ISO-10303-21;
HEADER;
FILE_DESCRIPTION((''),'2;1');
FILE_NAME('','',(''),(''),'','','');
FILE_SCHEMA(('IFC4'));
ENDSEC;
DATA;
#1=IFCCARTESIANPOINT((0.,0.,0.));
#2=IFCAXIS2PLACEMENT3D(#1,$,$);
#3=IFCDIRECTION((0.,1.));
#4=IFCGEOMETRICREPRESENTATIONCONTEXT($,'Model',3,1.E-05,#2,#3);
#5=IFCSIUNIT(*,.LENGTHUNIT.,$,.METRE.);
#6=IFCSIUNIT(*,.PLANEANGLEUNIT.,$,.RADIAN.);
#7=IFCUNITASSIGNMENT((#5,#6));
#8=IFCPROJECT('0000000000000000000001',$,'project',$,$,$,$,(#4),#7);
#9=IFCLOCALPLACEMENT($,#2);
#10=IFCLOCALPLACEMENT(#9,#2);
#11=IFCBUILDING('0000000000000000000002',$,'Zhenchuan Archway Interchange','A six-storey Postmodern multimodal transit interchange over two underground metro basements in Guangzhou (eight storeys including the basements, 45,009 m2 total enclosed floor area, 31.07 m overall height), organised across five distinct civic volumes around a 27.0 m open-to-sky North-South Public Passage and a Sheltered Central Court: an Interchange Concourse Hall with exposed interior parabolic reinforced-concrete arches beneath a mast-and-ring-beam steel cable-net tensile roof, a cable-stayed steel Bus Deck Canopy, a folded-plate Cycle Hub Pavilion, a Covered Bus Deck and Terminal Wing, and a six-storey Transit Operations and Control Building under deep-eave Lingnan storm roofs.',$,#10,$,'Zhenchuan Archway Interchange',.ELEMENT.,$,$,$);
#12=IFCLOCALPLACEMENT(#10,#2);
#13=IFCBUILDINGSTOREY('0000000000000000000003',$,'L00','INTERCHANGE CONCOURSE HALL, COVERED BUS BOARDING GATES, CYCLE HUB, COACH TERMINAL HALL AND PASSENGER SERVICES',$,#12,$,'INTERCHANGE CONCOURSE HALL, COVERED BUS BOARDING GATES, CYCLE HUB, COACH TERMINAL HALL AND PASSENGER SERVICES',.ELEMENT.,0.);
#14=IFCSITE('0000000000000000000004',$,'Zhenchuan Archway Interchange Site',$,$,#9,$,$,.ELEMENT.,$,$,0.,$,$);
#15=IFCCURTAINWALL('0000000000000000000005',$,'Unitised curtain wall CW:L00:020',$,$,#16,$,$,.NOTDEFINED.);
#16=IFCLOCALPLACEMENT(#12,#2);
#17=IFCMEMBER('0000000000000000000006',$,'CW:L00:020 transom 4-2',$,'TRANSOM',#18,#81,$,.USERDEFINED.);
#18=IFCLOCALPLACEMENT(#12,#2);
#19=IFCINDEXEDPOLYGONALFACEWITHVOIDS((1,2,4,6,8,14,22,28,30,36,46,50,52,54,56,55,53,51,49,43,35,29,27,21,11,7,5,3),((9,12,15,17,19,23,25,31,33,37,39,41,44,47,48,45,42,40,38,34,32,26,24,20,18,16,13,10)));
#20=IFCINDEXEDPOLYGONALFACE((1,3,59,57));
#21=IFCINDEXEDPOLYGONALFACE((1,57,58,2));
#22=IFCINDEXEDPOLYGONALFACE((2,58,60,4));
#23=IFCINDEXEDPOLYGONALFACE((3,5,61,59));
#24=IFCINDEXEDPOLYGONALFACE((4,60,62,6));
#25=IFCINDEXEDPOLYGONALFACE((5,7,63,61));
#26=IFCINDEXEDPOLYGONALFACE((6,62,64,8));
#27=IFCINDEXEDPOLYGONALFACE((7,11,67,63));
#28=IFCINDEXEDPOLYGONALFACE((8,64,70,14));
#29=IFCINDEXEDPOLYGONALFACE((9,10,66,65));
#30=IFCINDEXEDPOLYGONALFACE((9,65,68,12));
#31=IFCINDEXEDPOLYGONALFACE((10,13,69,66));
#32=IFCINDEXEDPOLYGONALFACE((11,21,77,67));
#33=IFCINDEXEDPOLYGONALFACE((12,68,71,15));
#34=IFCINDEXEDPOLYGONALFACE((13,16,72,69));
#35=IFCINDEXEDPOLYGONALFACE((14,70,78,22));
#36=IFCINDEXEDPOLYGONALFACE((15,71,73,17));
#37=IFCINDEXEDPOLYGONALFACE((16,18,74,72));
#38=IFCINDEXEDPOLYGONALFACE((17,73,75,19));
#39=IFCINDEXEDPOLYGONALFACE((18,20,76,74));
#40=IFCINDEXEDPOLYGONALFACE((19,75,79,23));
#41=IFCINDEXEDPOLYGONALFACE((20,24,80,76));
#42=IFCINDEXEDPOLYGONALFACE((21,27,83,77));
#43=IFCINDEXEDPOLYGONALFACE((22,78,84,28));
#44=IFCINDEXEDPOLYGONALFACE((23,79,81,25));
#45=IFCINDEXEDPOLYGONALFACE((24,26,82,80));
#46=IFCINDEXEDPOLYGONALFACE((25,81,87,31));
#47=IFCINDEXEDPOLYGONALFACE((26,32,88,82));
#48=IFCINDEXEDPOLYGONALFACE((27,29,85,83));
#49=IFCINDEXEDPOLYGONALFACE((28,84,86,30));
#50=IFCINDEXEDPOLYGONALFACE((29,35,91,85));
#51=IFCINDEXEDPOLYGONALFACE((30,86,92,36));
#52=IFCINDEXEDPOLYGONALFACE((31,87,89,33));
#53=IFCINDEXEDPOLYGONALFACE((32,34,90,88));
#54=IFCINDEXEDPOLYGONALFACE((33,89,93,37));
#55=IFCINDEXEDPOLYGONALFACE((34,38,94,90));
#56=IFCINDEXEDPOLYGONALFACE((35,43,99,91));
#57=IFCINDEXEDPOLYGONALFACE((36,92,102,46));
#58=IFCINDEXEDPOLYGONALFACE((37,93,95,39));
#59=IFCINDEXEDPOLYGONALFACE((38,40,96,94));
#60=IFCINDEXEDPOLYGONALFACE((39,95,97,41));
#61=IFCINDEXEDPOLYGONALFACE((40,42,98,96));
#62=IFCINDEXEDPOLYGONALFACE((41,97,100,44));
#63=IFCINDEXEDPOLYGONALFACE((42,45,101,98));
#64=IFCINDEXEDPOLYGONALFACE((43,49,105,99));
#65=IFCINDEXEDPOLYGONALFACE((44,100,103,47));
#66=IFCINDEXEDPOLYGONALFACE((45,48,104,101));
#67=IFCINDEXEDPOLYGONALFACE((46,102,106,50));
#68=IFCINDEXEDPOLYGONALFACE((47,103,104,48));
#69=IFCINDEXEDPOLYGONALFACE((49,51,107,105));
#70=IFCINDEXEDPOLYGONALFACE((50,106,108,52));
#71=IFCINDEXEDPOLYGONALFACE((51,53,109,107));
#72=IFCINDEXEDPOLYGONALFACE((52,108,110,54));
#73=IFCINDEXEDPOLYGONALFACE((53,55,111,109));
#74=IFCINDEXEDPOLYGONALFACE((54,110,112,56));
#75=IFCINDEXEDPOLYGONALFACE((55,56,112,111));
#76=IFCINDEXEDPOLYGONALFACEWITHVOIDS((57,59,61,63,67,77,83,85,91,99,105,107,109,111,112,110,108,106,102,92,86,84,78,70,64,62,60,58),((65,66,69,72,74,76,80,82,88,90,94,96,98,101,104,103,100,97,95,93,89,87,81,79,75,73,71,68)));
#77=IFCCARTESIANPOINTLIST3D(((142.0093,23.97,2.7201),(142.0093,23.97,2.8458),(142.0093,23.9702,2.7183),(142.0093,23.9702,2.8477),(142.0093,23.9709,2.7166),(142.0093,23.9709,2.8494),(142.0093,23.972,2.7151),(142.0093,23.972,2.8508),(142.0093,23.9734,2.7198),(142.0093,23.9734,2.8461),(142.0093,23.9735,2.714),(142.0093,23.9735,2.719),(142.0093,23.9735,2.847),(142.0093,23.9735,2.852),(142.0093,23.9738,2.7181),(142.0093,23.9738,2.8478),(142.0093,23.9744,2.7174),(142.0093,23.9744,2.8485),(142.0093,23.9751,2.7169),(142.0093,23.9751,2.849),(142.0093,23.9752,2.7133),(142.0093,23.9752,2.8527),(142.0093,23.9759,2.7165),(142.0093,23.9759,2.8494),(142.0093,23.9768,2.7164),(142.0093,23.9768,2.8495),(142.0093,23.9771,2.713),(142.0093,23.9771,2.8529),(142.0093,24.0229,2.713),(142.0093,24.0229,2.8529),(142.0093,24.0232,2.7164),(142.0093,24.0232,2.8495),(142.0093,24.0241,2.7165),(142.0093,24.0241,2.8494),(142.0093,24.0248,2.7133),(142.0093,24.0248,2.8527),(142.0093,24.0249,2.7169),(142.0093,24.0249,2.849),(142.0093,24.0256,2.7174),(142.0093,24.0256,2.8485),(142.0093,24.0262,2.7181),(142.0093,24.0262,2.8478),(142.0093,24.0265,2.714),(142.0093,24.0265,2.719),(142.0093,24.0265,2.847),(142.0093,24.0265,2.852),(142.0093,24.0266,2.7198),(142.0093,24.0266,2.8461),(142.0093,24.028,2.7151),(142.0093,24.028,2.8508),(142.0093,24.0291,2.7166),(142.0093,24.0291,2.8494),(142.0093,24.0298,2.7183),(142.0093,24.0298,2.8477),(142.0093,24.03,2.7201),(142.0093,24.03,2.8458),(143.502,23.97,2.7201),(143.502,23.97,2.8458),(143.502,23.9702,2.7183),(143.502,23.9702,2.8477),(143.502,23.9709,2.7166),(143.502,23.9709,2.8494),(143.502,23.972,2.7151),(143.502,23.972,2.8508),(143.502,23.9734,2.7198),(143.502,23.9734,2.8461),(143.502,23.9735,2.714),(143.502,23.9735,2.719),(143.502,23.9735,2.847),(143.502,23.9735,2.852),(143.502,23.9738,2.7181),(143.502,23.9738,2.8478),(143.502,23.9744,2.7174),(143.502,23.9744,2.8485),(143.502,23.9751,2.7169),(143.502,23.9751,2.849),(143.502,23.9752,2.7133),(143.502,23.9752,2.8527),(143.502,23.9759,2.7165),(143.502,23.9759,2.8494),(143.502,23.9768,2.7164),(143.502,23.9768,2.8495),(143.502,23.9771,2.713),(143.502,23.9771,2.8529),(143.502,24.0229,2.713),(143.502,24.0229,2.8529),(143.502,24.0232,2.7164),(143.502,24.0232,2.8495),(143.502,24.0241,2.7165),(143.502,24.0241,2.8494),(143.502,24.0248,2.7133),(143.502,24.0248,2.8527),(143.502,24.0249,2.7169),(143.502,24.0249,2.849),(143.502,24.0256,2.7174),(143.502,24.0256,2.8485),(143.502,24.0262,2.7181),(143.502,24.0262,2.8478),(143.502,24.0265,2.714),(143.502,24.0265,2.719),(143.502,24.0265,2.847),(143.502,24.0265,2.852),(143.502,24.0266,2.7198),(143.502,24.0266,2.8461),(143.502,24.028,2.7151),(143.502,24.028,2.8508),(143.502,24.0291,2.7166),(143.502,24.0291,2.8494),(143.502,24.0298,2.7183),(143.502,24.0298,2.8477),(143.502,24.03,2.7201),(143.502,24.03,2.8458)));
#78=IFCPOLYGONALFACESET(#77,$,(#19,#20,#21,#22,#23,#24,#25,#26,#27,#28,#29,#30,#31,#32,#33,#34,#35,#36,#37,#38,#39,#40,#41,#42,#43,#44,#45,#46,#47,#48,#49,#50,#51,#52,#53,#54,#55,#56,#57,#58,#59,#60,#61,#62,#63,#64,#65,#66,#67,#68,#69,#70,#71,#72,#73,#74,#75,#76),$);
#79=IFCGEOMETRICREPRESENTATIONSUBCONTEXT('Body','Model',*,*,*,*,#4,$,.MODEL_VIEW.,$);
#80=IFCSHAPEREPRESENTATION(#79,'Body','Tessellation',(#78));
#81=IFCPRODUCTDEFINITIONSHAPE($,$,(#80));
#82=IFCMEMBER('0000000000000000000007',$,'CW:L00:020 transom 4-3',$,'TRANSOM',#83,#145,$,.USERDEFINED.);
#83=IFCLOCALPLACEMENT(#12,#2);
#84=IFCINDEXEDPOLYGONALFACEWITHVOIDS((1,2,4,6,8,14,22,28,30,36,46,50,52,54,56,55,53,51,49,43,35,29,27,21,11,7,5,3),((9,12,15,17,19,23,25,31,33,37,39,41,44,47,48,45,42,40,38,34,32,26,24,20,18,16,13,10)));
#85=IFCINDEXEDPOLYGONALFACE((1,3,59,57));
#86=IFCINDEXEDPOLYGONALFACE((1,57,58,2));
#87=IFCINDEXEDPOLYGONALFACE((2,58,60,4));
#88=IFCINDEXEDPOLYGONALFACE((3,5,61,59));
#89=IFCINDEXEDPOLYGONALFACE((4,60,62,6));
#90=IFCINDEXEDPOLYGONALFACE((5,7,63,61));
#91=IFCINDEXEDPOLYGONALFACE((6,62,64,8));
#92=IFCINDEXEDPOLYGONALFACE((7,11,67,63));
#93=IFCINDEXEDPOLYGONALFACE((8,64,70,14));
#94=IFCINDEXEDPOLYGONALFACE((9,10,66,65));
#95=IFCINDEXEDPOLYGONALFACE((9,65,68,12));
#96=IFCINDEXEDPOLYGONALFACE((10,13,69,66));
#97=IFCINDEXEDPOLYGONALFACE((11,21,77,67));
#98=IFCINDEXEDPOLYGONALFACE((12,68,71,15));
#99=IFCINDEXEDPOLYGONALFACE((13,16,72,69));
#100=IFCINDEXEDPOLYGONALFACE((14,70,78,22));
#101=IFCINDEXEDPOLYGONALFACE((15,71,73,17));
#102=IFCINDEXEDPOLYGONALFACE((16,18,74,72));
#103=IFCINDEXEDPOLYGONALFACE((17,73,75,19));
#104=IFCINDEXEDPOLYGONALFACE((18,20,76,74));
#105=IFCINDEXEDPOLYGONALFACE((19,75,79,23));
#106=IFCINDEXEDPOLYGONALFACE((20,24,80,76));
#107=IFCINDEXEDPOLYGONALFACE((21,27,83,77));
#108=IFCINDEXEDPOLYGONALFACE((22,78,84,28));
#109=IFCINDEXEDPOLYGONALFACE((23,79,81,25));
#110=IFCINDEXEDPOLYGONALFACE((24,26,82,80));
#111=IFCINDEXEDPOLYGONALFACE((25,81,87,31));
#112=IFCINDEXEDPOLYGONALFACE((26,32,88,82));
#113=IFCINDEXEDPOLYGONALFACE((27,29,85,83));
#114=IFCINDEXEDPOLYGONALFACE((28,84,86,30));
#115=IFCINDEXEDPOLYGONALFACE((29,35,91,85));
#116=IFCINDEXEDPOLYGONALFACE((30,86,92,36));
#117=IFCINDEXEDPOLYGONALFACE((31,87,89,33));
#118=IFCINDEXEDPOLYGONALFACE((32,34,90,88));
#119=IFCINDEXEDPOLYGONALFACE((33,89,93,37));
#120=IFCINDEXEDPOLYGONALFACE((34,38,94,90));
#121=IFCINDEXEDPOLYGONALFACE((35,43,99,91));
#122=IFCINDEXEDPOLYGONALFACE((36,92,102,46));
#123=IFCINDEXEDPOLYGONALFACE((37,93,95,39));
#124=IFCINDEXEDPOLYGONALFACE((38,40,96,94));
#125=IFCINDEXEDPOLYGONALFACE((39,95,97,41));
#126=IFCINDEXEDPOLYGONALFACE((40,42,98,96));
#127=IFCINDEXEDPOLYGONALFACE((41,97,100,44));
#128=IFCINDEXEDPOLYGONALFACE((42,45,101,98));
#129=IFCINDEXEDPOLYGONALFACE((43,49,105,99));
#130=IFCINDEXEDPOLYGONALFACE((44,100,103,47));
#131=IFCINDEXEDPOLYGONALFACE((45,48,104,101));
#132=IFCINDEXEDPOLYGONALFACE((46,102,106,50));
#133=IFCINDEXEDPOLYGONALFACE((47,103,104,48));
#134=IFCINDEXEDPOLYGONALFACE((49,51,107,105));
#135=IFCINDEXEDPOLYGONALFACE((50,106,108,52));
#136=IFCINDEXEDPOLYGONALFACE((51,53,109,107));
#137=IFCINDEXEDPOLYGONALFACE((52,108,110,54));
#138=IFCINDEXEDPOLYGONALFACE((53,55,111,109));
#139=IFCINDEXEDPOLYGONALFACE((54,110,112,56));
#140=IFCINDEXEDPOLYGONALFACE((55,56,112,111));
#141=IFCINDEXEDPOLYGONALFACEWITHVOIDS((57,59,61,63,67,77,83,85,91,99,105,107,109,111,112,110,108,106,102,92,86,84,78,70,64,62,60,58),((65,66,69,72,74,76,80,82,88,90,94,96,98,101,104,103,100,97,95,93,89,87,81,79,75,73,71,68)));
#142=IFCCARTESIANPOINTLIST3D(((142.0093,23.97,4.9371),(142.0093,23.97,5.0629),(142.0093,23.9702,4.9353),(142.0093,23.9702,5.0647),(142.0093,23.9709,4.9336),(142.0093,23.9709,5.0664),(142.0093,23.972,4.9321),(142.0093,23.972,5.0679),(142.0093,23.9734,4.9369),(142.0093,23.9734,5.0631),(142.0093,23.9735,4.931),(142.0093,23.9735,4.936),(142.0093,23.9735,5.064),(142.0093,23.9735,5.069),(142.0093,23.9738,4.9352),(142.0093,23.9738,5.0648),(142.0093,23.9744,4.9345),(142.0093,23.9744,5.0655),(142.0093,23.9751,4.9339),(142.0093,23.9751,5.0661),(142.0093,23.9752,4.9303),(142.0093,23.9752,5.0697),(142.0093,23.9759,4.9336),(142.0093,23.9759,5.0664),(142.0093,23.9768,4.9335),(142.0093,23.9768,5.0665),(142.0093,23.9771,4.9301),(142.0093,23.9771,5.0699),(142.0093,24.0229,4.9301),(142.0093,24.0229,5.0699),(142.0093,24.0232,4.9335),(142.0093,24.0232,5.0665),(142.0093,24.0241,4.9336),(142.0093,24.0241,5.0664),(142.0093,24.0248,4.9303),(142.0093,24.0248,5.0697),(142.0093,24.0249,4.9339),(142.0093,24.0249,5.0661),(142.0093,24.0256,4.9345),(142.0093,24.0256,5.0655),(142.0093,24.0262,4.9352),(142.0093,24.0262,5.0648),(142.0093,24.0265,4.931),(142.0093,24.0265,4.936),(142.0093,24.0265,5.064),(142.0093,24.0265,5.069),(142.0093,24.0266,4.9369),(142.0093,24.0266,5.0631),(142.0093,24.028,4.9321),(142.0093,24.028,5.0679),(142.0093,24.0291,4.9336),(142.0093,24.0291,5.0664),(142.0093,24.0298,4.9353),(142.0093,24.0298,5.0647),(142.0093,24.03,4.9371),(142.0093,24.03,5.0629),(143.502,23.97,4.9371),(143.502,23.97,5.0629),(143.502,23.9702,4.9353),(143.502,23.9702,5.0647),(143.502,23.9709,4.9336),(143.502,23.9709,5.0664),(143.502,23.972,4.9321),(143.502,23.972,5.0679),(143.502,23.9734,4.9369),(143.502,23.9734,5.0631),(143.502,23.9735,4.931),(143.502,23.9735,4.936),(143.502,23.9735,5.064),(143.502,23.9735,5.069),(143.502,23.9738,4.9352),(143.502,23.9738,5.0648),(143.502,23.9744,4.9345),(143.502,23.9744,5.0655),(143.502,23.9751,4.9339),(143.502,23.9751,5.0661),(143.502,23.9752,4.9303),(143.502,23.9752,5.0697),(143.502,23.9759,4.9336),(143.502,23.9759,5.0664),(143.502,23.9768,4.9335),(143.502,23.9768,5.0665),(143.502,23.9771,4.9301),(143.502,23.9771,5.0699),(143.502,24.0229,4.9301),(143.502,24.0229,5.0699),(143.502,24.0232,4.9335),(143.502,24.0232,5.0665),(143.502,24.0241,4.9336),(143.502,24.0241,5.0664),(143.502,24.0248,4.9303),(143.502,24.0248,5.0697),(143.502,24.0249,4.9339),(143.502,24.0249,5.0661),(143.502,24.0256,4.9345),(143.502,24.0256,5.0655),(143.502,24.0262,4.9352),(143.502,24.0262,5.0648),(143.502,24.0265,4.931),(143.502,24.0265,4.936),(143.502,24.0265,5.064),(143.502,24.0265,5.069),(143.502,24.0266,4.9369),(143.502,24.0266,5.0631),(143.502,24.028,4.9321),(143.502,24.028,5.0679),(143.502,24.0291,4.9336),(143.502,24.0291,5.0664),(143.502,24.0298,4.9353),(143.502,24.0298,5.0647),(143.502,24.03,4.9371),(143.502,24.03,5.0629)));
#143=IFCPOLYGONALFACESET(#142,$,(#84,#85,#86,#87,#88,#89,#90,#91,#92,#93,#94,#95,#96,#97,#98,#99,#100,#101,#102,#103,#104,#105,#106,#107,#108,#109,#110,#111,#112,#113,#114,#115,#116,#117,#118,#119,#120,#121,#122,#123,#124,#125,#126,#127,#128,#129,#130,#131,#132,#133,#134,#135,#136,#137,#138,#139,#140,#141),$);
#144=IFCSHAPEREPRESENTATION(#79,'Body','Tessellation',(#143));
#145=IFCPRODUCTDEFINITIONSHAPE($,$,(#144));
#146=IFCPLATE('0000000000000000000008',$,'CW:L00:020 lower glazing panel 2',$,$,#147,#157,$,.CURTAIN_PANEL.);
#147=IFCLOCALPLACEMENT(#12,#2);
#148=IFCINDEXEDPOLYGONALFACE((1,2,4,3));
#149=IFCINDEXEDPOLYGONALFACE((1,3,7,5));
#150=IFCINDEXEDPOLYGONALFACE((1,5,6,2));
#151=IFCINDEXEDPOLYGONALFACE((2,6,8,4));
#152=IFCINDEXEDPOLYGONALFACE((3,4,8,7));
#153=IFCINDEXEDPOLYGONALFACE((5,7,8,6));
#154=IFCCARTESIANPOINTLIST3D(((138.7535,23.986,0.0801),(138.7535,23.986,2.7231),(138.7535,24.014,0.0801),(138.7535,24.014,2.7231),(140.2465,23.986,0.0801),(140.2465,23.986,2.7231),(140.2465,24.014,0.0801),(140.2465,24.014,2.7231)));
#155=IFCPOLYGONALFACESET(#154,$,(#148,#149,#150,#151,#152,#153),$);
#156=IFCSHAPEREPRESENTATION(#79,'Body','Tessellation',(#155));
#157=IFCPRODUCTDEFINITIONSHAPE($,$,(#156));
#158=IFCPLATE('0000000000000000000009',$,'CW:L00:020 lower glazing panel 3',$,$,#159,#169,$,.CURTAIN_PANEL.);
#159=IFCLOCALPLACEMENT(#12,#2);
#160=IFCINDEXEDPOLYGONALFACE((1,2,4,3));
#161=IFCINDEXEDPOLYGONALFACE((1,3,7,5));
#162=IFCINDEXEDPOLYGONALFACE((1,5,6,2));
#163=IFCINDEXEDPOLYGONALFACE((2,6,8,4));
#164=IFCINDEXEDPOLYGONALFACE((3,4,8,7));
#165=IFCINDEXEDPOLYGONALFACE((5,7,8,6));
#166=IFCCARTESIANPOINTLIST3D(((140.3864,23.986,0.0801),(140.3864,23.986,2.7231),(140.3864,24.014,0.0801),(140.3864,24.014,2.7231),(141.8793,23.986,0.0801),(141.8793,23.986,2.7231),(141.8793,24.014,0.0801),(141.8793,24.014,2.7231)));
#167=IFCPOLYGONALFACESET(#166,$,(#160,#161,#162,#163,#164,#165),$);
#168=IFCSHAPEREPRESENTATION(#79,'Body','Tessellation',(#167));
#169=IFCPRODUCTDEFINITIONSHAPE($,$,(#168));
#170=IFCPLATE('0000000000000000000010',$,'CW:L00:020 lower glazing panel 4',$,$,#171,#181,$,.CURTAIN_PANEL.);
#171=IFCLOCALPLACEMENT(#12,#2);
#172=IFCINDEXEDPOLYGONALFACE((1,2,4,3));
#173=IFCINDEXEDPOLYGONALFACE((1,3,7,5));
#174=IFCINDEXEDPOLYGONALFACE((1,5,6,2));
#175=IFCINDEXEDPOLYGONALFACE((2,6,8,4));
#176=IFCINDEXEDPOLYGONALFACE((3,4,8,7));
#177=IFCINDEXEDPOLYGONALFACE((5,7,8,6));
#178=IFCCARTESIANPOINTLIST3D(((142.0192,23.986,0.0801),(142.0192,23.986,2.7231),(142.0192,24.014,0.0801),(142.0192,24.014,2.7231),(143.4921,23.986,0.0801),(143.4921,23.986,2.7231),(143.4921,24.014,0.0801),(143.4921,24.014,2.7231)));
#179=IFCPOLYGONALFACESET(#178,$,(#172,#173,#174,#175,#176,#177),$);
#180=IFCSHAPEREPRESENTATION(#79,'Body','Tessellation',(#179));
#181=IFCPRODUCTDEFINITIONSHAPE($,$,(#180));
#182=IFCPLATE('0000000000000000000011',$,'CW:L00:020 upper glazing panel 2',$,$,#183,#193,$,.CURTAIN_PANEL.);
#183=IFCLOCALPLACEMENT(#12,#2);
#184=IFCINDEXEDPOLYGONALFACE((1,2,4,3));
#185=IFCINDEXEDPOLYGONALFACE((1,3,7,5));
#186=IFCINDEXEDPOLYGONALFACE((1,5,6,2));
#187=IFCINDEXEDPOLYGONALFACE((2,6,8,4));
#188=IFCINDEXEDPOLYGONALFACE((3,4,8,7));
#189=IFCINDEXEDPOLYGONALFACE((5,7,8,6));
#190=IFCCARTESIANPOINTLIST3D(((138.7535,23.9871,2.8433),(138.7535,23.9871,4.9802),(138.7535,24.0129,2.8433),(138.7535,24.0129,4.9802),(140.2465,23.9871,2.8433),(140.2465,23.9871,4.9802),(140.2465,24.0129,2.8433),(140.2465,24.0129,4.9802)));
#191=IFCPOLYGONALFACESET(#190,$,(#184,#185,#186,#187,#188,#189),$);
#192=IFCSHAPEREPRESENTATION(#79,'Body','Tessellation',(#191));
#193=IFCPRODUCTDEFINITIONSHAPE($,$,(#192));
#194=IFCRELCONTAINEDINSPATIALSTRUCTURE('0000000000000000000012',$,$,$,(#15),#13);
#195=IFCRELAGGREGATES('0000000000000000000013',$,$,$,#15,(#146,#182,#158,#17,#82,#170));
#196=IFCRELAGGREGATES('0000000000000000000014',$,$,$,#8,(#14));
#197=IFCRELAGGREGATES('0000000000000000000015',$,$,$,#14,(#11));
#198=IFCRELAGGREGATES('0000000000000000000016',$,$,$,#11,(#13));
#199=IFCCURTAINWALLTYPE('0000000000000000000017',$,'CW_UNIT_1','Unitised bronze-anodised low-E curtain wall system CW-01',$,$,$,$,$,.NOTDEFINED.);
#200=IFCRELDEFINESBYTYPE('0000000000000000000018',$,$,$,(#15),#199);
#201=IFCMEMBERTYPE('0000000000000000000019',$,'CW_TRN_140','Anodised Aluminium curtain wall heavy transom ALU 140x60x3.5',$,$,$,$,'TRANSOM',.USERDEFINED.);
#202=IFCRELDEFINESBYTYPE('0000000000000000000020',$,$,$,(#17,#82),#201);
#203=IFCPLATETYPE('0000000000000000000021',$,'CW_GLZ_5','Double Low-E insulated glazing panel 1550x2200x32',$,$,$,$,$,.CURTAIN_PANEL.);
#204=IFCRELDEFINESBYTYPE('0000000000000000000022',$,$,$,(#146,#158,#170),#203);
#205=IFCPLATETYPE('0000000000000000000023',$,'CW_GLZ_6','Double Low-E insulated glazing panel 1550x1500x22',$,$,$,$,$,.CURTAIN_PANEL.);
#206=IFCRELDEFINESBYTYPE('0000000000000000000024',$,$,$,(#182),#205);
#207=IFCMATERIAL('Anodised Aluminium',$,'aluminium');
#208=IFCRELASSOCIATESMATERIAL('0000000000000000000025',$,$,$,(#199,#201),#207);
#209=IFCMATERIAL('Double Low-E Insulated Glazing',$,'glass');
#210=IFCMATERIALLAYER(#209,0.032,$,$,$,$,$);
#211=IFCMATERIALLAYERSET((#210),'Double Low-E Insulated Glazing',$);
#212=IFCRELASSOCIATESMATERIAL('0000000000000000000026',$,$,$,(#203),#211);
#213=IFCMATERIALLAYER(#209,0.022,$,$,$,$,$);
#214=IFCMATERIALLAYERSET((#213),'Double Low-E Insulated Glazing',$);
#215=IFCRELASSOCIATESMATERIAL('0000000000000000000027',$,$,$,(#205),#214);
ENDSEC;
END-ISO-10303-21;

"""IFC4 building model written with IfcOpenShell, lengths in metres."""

from ifc_helpers import new_model, si_unit, direction, frame, origin, origin_2d, place, context, subcontext, project, spatial, rectangle, hollow_rectangle, extrude, material, layer, layer_set, material_profile, profile_set, type_object, element, aggregate, save


model = new_model("IFC4")

# Units and contexts
model_context = context("Model", 3, precision=1e-05, world=origin(), true_north=direction((0.0, 1.0)))
body_context = subcontext(model_context, "Body", "Model", "MODEL_VIEW")
ifc_project = project(units=[si_unit("LENGTHUNIT", "METRE"), si_unit("PLANEANGLEUNIT", "RADIAN")], contexts=[model_context])

# Site, building, storey
site_placement = place(None, origin())
site = spatial("IfcSite", under=ifc_project, at=site_placement, Name="Zhenchuan Archway Interchange Site", CompositionType="ELEMENT", RefElevation=0.0)
building_placement = place(site_placement, origin())
building = spatial("IfcBuilding", under=site, at=building_placement, Name="Zhenchuan Archway Interchange", Description="A six-storey Postmodern multimodal transit interchange over two underground metro basements in Guangzhou (eight storeys including the basements, 45,009 m2 total enclosed floor area, 31.07 m overall height), organised across five distinct civic volumes around a 27.0 m open-to-sky North-South Public Passage and a Sheltered Central Court: an Interchange Concourse Hall with exposed interior parabolic reinforced-concrete arches beneath a mast-and-ring-beam steel cable-net tensile roof, a cable-stayed steel Bus Deck Canopy, a folded-plate Cycle Hub Pavilion, a Covered Bus Deck and Terminal Wing, and a six-storey Transit Operations and Control Building under deep-eave Lingnan storm roofs.", LongName="Zhenchuan Archway Interchange", CompositionType="ELEMENT")
storey_placement = place(building_placement, origin())
storey = spatial("IfcBuildingStorey", under=building, at=storey_placement, Name="L00", Description="INTERCHANGE CONCOURSE HALL, COVERED BUS BOARDING GATES, CYCLE HUB, COACH TERMINAL HALL AND PASSENGER SERVICES", LongName="INTERCHANGE CONCOURSE HALL, COVERED BUS BOARDING GATES, CYCLE HUB, COACH TERMINAL HALL AND PASSENGER SERVICES", CompositionType="ELEMENT", Elevation=0.0)

# Curtain wall, members, plates
ifc_material_1 = material(Name="Anodised Aluminium", Category="aluminium")
curtain_wall_type = type_object("IfcCurtainWallType", Name="CW_UNIT_1", Description="Unitised bronze-anodised low-E curtain wall system CW-01", PredefinedType="NOTDEFINED", material=ifc_material_1)
curtain_wall_placement = place(storey_placement, origin())
curtain_wall = element("IfcCurtainWall", 1, at=curtain_wall_placement, inside=storey, type_object=curtain_wall_type, Name="Unitised curtain wall CW:L00:020", PredefinedType="NOTDEFINED")
ifc_material_profile_1 = material_profile(ifc_material_1, hollow_rectangle(XDim=0.0601, YDim=0.1399, WallThickness=0.0034, InnerFilletRadius=0.0034, OuterFilletRadius=0.0071, at=origin_2d()), Name="ALU 140x60x3.5")
ifc_profile_set_1 = profile_set([ifc_material_profile_1], Name="Anodised Aluminium")
member_type_1 = type_object("IfcMemberType", Name="CW_TRN_140", Description="Anodised Aluminium curtain wall heavy transom ALU 140x60x3.5", ElementType="TRANSOM", PredefinedType="USERDEFINED", material=ifc_profile_set_1)
member_1_placement = place(storey_placement, frame((142.0093, 24.0, 2.783), z_axis=(1.0, 0.0, 0.0), x_axis=(0.0, 1.0, 0.0)))
member_1 = element("IfcMember", 2, at=member_1_placement, type_object=member_type_1, Name="CW:L00:020 transom 4-2", ObjectType="TRANSOM", PredefinedType="USERDEFINED", context=body_context, shape_type="SweptSolid", body=[
    extrude(hollow_rectangle(XDim=0.0601, YDim=0.1399, WallThickness=0.0034, InnerFilletRadius=0.0034, OuterFilletRadius=0.0071, at=origin_2d()), origin(), (0.0, 0.0, 1.0), 1.4927),
])
member_2_placement = place(storey_placement, frame((142.0093, 24.0, 5.0), z_axis=(1.0, 0.0, 0.0), x_axis=(0.0, 1.0, 0.0)))
member_2 = element("IfcMember", 3, at=member_2_placement, type_object=member_type_1, Name="CW:L00:020 transom 4-3", ObjectType="TRANSOM", PredefinedType="USERDEFINED", context=body_context, shape_type="SweptSolid", body=[
    extrude(hollow_rectangle(XDim=0.0601, YDim=0.1399, WallThickness=0.0034, InnerFilletRadius=0.0034, OuterFilletRadius=0.0071, at=origin_2d()), origin(), (0.0, 0.0, 1.0), 1.4927),
])
ifc_material_2 = material(Name="Double Low-E Insulated Glazing", Category="glass")
ifc_layer_1 = layer(ifc_material_2, 0.032)
ifc_layer_set_1 = layer_set([ifc_layer_1], Name="Double Low-E Insulated Glazing")
plate_type_1 = type_object("IfcPlateType", Name="CW_GLZ_5", Description="Double Low-E insulated glazing panel 1550x2200x32", PredefinedType="CURTAIN_PANEL", material=ifc_layer_set_1)
plate_1_placement = place(storey_placement, frame((139.5, 24.0, 0.0801), z_axis=(0.0, 0.0, 1.0), x_axis=(1.0, 0.0, 0.0)))
plate_1 = element("IfcPlate", 4, at=plate_1_placement, type_object=plate_type_1, Name="CW:L00:020 lower glazing panel 2", PredefinedType="CURTAIN_PANEL", context=body_context, shape_type="SweptSolid", body=[
    extrude(rectangle(XDim=1.4929, YDim=0.0281, at=origin_2d()), origin(), (0.0, 0.0, 1.0), 2.6431),
])
plate_2_placement = place(storey_placement, frame((141.1328, 24.0, 0.0801), z_axis=(0.0, 0.0, 1.0), x_axis=(1.0, 0.0, 0.0)))
plate_2 = element("IfcPlate", 5, at=plate_2_placement, type_object=plate_type_1, Name="CW:L00:020 lower glazing panel 3", PredefinedType="CURTAIN_PANEL", context=body_context, shape_type="SweptSolid", body=[
    extrude(rectangle(XDim=1.4929, YDim=0.0281, at=origin_2d()), origin(), (0.0, 0.0, 1.0), 2.6431),
])
plate_3_placement = place(storey_placement, frame((142.7556, 24.0, 0.0801), z_axis=(0.0, 0.0, 1.0), x_axis=(1.0, 0.0, 0.0)))
plate_3 = element("IfcPlate", 6, at=plate_3_placement, type_object=plate_type_1, Name="CW:L00:020 lower glazing panel 4", PredefinedType="CURTAIN_PANEL", context=body_context, shape_type="SweptSolid", body=[
    extrude(rectangle(XDim=1.4729, YDim=0.0281, at=origin_2d()), origin(), (0.0, 0.0, 1.0), 2.6431),
])
ifc_layer_2 = layer(ifc_material_2, 0.022)
ifc_layer_set_2 = layer_set([ifc_layer_2], Name="Double Low-E Insulated Glazing")
plate_type_2 = type_object("IfcPlateType", Name="CW_GLZ_6", Description="Double Low-E insulated glazing panel 1550x1500x22", PredefinedType="CURTAIN_PANEL", material=ifc_layer_set_2)
plate_4_placement = place(storey_placement, frame((139.5, 24.0, 2.8433), z_axis=(0.0, 0.0, 1.0), x_axis=(1.0, 0.0, 0.0)))
plate_4 = element("IfcPlate", 7, at=plate_4_placement, type_object=plate_type_2, Name="CW:L00:020 upper glazing panel 2", PredefinedType="CURTAIN_PANEL", context=body_context, shape_type="SweptSolid", body=[
    extrude(rectangle(XDim=1.4929, YDim=0.0259, at=origin_2d()), origin(), (0.0, 0.0, 1.0), 2.137),
])
aggregate(curtain_wall, [plate_1, plate_4, plate_2, member_1, member_2, plate_3])

save(model, "model.ifc")
